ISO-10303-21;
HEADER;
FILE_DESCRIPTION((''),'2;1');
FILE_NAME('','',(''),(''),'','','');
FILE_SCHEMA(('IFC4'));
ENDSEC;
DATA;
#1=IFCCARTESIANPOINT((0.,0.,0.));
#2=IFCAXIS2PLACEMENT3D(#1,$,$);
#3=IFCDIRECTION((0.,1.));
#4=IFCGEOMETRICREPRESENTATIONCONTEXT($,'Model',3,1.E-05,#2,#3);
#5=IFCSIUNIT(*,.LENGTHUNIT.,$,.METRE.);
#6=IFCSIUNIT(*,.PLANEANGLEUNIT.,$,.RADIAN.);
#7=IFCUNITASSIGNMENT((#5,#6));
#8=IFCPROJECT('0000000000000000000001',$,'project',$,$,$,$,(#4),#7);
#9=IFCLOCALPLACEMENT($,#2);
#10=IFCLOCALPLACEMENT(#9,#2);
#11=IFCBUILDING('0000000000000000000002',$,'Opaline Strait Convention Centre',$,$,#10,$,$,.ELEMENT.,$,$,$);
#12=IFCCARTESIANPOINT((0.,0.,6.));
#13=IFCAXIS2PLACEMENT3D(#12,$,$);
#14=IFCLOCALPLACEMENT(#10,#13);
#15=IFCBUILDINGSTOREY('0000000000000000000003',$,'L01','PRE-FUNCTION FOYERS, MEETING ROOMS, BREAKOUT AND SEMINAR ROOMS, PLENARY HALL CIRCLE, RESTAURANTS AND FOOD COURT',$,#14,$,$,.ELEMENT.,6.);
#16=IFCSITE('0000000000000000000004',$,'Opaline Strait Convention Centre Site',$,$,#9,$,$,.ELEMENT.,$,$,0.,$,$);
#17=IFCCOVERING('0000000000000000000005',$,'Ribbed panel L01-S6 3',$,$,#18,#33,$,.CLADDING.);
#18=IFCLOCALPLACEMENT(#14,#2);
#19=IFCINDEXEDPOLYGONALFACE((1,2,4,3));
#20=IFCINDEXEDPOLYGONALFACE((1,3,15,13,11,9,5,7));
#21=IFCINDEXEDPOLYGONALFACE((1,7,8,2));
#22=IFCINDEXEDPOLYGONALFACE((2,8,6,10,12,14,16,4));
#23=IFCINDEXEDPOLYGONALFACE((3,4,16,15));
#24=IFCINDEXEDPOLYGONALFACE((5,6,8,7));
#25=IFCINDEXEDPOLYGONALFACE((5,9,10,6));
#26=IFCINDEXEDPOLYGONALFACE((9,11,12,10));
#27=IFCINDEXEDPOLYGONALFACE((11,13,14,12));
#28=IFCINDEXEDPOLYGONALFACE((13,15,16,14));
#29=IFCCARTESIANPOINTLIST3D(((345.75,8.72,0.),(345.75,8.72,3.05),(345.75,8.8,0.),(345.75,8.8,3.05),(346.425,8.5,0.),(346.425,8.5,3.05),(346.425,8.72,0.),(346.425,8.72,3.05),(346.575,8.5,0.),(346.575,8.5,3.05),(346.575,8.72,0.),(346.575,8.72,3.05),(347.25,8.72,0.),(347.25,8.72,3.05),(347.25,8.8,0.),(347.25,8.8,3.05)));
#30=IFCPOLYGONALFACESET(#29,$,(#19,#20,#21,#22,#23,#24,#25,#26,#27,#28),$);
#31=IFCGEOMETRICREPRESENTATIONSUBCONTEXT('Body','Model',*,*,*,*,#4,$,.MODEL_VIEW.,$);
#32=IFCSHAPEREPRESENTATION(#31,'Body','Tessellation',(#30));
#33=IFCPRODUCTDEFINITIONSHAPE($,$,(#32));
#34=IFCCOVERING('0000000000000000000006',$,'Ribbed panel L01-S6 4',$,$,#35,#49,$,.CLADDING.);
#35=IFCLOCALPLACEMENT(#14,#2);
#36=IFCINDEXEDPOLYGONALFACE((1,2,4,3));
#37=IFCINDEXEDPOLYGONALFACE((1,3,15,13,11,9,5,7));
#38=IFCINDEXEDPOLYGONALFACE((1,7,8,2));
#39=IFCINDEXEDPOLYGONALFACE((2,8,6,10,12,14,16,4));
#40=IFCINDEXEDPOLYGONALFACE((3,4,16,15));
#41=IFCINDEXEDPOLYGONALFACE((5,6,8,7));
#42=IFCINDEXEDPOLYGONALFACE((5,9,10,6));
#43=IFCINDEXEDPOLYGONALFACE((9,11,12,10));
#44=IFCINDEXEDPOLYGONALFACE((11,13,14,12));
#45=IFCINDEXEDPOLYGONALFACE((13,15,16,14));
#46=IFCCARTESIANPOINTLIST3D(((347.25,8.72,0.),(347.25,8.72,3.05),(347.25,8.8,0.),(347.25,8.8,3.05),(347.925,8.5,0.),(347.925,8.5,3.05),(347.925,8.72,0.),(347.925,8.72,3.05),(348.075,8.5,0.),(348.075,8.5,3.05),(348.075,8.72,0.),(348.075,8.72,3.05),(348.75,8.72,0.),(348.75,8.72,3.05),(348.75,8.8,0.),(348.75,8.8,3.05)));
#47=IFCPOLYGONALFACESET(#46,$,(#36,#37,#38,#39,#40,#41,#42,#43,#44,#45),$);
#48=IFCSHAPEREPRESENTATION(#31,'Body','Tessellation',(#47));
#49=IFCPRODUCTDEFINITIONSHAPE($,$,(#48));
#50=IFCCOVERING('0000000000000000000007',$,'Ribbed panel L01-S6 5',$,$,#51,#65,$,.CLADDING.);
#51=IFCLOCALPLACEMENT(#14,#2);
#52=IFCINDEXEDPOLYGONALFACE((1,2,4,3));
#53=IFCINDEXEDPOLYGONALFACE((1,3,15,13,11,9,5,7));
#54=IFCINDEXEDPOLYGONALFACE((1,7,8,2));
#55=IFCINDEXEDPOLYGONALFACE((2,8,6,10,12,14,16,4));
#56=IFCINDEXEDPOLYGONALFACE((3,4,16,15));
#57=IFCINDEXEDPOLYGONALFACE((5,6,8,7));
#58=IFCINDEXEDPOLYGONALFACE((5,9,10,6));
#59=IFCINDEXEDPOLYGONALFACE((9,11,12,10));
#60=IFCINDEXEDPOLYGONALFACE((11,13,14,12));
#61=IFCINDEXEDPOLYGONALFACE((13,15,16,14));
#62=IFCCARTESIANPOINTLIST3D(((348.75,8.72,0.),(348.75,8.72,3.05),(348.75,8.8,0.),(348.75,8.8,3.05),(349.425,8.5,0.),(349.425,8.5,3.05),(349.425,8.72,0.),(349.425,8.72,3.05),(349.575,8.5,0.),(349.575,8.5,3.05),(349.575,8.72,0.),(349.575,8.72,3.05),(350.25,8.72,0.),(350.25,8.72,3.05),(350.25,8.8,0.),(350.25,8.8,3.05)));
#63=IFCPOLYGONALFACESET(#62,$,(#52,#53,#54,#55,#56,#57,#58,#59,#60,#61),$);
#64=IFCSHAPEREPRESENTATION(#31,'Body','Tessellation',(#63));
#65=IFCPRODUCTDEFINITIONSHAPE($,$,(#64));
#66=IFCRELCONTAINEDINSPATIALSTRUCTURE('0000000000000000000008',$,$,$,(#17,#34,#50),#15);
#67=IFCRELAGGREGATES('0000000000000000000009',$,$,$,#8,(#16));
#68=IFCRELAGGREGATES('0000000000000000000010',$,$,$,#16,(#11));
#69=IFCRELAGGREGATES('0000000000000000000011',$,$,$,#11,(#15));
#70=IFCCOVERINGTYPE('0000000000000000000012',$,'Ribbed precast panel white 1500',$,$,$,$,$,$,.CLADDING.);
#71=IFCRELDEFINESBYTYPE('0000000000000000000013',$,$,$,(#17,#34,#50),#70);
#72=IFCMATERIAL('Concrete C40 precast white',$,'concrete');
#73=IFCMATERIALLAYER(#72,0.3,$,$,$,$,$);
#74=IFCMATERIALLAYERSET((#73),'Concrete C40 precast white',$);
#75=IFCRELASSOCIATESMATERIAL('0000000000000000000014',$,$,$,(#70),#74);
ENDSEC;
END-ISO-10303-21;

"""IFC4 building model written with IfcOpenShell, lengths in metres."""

from ifc_helpers import new_model, si_unit, direction, frame, origin, place, context, subcontext, project, spatial, polyline, outline, extrude, material, layer, layer_set, type_object, element, save


model = new_model("IFC4")

# Units and contexts
model_context = context("Model", 3, precision=1e-05, world=origin(), true_north=direction((0.0, 1.0)))
body_context = subcontext(model_context, "Body", "Model", "MODEL_VIEW")
ifc_project = project(units=[si_unit("LENGTHUNIT", "METRE"), si_unit("PLANEANGLEUNIT", "RADIAN")], contexts=[model_context])

# Site, building, storey
site_placement = place(None, origin())
site = spatial("IfcSite", under=ifc_project, at=site_placement, Name="Opaline Strait Convention Centre Site", CompositionType="ELEMENT", RefElevation=0.0)
building_placement = place(site_placement, origin())
building = spatial("IfcBuilding", under=site, at=building_placement, Name="Opaline Strait Convention Centre", CompositionType="ELEMENT")
storey_placement = place(building_placement, frame((0.0, 0.0, 6.0)))
storey = spatial("IfcBuildingStorey", under=building, at=storey_placement, Name="L01", Description="PRE-FUNCTION FOYERS, MEETING ROOMS, BREAKOUT AND SEMINAR ROOMS, PLENARY HALL CIRCLE, RESTAURANTS AND FOOD COURT", CompositionType="ELEMENT", Elevation=6.0)

# Coverings
ifc_material = material(Name="Concrete C40 precast white", Category="concrete")
ifc_layer = layer(ifc_material, 0.3)
ifc_layer_set = layer_set([ifc_layer], Name="Concrete C40 precast white")
covering_type = type_object("IfcCoveringType", Name="Ribbed precast panel white 1500", PredefinedType="CLADDING", material=ifc_layer_set)
covering_1_placement = place(storey_placement, origin())
element("IfcCovering", 1, at=covering_1_placement, inside=storey, type_object=covering_type, Name="Ribbed panel L01-S6 3", PredefinedType="CLADDING", context=body_context, shape_type="SweptSolid", body=[
    extrude(outline(polyline([(345.75, 8.8), (347.25, 8.8), (347.25, 8.72), (346.575, 8.72), (346.575, 8.5), (346.425, 8.5), (346.425, 8.72), (345.75, 8.72), (345.75, 8.8)])), origin(), (0.0, 0.0, 1.0), 3.05),
])
covering_2_placement = place(storey_placement, origin())
element("IfcCovering", 2, at=covering_2_placement, inside=storey, type_object=covering_type, Name="Ribbed panel L01-S6 4", PredefinedType="CLADDING", context=body_context, shape_type="SweptSolid", body=[
    extrude(outline(polyline([(347.25, 8.8), (348.75, 8.8), (348.75, 8.72), (348.075, 8.72), (348.075, 8.5), (347.925, 8.5), (347.925, 8.72), (347.25, 8.72), (347.25, 8.8)])), origin(), (0.0, 0.0, 1.0), 3.05),
])
covering_3_placement = place(storey_placement, origin())
element("IfcCovering", 3, at=covering_3_placement, inside=storey, type_object=covering_type, Name="Ribbed panel L01-S6 5", PredefinedType="CLADDING", context=body_context, shape_type="SweptSolid", body=[
    extrude(outline(polyline([(348.75, 8.8), (350.25, 8.8), (350.25, 8.72), (349.575, 8.72), (349.575, 8.5), (349.425, 8.5), (349.425, 8.72), (348.75, 8.72), (348.75, 8.8)])), origin(), (0.0, 0.0, 1.0), 3.05),
])

save(model, "model.ifc")
